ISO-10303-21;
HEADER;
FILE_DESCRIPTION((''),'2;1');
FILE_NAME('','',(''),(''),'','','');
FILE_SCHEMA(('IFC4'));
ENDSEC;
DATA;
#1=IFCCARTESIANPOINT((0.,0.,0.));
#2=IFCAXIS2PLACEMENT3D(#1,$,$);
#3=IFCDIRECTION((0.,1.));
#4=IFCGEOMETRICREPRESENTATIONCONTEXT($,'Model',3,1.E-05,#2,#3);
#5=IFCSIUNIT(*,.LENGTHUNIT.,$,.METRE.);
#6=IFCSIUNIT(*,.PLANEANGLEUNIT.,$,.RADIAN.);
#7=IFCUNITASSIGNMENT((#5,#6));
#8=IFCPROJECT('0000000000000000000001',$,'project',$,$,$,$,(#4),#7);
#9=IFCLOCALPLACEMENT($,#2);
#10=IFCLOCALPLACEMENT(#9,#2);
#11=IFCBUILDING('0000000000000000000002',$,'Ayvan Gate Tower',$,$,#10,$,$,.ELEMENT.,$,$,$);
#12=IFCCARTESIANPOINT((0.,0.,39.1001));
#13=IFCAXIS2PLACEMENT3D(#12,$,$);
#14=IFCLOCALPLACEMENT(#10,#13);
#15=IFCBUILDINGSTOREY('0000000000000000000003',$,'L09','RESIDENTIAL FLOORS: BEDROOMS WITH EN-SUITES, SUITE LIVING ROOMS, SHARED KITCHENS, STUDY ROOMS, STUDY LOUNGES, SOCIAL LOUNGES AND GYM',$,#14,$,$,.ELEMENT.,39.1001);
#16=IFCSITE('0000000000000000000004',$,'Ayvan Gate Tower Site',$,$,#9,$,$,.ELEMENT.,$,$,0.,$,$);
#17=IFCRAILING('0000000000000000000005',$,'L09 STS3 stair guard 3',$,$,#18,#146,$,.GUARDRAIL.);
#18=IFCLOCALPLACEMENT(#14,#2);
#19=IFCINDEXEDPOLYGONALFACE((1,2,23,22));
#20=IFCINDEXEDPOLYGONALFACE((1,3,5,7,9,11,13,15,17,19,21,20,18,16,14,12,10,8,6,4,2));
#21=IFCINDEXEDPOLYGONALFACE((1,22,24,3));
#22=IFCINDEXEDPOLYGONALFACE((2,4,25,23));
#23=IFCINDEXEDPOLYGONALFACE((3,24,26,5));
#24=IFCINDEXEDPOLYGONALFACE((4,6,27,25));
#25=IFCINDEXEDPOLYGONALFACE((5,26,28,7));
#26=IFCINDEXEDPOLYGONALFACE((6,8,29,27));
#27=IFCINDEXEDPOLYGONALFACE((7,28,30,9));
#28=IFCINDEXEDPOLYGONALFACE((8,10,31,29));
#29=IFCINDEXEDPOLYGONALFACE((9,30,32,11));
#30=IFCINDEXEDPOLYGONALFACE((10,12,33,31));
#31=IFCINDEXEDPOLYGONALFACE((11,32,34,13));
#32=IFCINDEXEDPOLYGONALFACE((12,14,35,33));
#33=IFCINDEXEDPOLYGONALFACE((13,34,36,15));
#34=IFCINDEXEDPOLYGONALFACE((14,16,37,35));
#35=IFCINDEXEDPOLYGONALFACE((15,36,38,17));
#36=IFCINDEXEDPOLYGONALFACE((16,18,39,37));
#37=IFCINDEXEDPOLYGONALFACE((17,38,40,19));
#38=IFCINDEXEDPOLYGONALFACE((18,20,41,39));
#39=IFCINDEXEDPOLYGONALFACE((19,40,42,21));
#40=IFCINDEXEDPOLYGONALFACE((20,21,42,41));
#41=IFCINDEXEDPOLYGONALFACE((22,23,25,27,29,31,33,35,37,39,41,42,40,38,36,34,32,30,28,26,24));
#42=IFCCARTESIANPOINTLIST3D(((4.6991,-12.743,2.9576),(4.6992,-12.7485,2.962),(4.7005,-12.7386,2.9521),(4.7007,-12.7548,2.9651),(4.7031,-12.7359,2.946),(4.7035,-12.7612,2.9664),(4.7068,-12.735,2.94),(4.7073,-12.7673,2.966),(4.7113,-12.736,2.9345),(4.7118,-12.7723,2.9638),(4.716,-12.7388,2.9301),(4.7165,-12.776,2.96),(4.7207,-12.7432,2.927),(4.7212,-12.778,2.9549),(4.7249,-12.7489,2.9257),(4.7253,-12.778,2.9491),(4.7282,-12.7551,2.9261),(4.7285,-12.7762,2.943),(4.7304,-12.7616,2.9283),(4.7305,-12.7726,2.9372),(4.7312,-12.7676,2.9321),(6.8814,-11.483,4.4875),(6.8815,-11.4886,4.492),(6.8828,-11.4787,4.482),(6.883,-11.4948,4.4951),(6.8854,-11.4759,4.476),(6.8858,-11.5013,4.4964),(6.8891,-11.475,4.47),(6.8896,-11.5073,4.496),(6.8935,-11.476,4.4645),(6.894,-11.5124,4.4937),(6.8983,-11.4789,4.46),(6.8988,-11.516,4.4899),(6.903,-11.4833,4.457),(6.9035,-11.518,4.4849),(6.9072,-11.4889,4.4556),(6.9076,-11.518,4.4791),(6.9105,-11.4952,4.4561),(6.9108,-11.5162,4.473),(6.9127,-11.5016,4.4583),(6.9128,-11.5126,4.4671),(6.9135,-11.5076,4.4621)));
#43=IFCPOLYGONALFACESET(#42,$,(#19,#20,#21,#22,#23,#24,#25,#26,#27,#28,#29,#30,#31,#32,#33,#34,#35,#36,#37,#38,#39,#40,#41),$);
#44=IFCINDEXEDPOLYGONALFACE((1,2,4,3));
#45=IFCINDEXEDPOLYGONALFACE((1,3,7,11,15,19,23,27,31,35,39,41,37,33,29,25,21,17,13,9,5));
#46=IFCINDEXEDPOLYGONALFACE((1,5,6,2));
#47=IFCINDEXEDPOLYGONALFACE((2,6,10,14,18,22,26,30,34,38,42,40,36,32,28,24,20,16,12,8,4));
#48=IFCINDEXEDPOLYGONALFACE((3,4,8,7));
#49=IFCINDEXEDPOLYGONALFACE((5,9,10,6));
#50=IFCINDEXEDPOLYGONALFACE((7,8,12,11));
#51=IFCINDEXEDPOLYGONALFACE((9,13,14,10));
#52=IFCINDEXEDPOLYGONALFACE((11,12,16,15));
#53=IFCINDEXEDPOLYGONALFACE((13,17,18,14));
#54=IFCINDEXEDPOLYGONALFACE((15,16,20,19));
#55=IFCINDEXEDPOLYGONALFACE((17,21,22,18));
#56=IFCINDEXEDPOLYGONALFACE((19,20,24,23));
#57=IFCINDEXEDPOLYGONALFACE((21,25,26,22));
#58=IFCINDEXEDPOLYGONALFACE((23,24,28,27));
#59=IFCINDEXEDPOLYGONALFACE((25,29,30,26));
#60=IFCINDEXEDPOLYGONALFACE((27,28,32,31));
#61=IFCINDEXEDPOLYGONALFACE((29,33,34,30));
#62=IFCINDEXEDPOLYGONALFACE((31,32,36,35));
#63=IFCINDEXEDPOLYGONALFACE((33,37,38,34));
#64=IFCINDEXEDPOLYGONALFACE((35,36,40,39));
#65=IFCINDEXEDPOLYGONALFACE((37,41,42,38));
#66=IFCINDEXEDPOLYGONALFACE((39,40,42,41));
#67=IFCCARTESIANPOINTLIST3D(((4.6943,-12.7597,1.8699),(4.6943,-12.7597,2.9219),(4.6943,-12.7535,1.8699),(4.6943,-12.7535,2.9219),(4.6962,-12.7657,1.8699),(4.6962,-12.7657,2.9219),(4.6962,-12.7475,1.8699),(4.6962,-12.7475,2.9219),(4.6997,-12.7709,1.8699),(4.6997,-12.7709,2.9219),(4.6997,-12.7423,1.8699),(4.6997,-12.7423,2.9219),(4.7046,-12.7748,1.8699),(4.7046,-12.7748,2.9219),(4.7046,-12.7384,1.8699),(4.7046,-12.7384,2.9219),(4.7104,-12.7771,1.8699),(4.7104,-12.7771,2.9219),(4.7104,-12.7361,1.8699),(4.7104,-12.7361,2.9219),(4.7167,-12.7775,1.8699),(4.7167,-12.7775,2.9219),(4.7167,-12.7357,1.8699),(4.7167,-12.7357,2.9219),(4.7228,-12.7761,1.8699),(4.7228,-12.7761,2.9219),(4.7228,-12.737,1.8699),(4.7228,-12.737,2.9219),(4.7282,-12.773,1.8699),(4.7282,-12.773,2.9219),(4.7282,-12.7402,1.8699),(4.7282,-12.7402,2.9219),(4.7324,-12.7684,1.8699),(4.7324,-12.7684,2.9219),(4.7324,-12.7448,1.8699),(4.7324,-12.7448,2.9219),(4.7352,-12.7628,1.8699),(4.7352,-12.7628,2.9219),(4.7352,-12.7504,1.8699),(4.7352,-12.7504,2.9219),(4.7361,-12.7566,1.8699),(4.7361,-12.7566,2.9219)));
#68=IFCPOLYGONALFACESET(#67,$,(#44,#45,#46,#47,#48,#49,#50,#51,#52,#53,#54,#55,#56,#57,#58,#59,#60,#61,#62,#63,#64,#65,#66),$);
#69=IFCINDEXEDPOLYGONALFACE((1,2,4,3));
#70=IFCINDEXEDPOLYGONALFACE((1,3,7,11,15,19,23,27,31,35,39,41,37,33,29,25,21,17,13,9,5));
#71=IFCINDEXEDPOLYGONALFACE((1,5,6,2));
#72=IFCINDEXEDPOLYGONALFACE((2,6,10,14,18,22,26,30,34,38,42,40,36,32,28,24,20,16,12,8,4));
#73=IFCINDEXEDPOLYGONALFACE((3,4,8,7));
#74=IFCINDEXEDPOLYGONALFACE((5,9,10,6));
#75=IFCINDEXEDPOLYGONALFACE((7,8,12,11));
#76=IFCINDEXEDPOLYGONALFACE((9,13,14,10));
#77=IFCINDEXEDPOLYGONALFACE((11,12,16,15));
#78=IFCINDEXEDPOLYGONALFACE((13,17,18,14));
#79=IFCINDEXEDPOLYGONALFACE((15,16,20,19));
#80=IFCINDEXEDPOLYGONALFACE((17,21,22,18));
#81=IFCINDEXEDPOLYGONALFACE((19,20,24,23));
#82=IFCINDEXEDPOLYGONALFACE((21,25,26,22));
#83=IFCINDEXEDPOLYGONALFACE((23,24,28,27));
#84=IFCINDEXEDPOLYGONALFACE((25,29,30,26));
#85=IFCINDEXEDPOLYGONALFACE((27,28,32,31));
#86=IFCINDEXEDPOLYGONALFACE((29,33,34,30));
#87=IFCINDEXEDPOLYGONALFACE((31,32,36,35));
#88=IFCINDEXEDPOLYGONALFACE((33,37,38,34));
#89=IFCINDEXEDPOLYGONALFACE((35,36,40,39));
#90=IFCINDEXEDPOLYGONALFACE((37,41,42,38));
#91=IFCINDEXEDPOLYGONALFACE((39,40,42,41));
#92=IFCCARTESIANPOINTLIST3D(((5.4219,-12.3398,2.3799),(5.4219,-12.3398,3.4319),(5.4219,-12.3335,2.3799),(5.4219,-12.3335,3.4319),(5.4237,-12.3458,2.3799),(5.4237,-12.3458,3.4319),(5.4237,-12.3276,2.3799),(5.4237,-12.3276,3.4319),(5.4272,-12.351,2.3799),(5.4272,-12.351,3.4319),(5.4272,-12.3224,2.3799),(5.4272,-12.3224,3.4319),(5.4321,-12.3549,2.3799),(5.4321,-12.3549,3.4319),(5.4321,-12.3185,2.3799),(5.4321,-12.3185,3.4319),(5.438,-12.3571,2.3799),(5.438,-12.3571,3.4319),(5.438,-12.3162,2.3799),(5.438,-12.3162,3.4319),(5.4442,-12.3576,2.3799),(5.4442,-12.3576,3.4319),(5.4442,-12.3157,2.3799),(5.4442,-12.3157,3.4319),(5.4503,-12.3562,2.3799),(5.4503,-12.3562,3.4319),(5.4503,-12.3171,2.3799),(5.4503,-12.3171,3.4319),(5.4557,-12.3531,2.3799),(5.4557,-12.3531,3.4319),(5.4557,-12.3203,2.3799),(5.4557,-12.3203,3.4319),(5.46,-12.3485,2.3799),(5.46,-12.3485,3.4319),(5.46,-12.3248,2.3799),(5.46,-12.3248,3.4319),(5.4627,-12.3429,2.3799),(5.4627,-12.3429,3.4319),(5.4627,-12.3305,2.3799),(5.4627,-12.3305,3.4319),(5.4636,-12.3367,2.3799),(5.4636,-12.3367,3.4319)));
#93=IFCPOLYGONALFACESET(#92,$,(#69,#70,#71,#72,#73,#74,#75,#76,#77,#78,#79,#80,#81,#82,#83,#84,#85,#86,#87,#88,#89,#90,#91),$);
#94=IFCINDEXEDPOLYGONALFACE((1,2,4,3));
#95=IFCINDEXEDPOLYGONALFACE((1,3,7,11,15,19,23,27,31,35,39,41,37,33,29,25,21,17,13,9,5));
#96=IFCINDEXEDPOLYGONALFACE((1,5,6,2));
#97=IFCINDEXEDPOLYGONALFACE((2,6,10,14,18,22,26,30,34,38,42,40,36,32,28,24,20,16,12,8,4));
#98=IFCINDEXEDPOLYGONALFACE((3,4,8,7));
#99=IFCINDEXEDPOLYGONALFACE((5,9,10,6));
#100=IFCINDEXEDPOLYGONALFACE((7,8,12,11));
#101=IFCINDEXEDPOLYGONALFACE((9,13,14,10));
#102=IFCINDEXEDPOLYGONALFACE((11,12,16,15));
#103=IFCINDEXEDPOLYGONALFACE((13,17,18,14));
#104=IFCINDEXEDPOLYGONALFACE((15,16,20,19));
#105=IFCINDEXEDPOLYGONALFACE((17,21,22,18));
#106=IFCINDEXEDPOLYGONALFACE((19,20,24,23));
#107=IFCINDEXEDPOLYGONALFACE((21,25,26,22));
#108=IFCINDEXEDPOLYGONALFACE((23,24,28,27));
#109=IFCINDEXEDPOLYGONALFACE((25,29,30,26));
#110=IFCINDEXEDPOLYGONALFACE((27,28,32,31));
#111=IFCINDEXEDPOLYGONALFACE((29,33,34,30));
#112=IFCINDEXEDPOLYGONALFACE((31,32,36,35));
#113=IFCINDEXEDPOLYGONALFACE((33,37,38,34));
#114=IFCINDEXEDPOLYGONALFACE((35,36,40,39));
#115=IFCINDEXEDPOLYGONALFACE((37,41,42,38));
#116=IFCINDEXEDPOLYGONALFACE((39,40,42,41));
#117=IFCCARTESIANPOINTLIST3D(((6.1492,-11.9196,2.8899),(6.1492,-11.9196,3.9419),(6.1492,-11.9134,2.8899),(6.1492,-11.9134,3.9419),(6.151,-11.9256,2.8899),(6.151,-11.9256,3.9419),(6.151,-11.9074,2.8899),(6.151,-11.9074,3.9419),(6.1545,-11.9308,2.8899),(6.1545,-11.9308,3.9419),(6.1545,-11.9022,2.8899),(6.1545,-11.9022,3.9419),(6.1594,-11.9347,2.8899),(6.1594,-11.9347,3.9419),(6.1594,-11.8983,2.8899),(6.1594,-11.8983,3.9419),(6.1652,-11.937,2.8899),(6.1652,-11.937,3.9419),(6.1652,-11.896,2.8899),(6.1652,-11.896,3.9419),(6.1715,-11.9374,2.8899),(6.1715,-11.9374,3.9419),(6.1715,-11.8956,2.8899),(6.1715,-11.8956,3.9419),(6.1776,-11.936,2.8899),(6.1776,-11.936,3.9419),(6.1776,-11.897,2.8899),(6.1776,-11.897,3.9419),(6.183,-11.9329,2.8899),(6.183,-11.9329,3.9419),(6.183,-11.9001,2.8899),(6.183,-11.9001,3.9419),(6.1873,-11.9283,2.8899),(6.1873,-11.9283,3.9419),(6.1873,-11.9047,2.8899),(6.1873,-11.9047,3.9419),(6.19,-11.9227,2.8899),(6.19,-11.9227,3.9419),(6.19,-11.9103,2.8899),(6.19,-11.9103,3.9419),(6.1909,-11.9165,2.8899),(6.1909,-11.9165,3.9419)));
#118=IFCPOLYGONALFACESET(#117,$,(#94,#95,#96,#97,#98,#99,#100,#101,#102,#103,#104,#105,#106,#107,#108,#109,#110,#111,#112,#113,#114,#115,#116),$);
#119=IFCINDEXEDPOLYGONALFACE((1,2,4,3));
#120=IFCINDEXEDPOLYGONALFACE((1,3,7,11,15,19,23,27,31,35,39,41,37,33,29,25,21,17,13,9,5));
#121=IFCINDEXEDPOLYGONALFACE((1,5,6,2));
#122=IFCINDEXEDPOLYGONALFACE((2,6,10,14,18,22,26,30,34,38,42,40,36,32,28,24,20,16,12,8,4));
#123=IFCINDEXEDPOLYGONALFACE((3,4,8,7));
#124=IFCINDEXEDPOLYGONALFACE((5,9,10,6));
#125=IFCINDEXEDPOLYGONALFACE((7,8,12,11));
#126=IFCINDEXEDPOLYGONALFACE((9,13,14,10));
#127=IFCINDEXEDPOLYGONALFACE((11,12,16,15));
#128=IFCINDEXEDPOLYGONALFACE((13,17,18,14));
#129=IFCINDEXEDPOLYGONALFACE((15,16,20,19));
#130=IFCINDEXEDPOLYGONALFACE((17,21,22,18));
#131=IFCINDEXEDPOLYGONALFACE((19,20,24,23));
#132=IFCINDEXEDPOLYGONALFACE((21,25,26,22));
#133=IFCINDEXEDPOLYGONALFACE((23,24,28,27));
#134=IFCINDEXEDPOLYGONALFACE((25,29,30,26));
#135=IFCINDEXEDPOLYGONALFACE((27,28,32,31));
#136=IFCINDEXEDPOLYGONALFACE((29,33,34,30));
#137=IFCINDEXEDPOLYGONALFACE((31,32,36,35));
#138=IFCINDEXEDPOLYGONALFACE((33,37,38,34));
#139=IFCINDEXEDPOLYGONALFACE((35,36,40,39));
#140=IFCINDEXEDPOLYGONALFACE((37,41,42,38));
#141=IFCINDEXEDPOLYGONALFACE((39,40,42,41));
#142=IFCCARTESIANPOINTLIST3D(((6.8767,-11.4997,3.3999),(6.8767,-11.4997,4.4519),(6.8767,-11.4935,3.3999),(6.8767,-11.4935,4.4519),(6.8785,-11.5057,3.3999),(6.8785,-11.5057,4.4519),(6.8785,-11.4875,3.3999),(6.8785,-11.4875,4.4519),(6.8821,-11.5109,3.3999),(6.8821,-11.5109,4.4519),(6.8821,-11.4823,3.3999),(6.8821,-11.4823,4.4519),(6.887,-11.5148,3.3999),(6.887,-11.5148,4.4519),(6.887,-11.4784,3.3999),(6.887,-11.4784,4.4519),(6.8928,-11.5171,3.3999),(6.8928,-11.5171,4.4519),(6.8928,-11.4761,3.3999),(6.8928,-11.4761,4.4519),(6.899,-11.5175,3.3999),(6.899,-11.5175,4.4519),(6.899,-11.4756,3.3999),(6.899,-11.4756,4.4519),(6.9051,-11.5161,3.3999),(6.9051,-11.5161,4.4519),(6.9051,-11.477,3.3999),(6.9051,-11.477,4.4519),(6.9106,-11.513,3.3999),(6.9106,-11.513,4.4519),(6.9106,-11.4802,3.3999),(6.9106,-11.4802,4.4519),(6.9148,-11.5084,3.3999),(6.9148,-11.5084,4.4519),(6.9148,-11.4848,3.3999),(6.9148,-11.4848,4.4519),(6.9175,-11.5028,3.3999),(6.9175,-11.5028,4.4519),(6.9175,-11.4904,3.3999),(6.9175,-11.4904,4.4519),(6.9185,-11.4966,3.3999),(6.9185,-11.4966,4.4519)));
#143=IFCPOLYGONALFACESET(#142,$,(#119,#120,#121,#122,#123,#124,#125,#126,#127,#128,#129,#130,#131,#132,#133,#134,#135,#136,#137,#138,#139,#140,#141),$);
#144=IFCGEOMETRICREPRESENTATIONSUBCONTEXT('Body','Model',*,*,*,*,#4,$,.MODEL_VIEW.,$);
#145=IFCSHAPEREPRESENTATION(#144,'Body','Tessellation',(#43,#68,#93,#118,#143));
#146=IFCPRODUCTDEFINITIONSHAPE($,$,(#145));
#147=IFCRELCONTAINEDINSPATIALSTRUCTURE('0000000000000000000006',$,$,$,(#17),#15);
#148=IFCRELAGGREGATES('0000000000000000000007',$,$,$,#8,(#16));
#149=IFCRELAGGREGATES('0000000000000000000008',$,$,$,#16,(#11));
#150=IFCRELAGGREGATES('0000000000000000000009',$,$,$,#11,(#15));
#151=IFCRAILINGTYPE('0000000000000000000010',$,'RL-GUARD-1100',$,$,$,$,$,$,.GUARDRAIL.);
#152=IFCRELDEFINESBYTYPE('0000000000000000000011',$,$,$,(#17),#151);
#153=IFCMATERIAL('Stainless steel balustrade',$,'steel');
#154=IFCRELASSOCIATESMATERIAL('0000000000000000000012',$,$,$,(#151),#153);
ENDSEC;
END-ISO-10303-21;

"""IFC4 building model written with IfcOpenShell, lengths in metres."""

from ifc_helpers import new_model, si_unit, direction, frame, origin, origin_2d, place, context, subcontext, project, spatial, circle, extrude, material, type_object, element, save


model = new_model("IFC4")

# Units and contexts
model_context = context("Model", 3, precision=1e-05, world=origin(), true_north=direction((0.0, 1.0)))
body_context = subcontext(model_context, "Body", "Model", "MODEL_VIEW")
ifc_project = project(units=[si_unit("LENGTHUNIT", "METRE"), si_unit("PLANEANGLEUNIT", "RADIAN")], contexts=[model_context])

# Site, building, storey
site_placement = place(None, origin())
site = spatial("IfcSite", under=ifc_project, at=site_placement, Name="Ayvan Gate Tower Site", CompositionType="ELEMENT", RefElevation=0.0)
building_placement = place(site_placement, origin())
building = spatial("IfcBuilding", under=site, at=building_placement, Name="Ayvan Gate Tower", CompositionType="ELEMENT")
storey_placement = place(building_placement, frame((0.0, 0.0, 39.1001)))
storey = spatial("IfcBuildingStorey", under=building, at=storey_placement, Name="L09", Description="RESIDENTIAL FLOORS: BEDROOMS WITH EN-SUITES, SUITE LIVING ROOMS, SHARED KITCHENS, STUDY ROOMS, STUDY LOUNGES, SOCIAL LOUNGES AND GYM", CompositionType="ELEMENT", Elevation=39.1001)

# Railing
ifc_material_1 = material(Name="Stainless steel balustrade", Category="steel")
railing_type_1 = type_object("IfcRailingType", Name="RL-GUARD-1100", PredefinedType="GUARDRAIL", material=ifc_material_1)
railing_1_placement = place(storey_placement, frame((4.7151, -12.7566, 1.8699)))
element("IfcRailing", 1, at=railing_1_placement, inside=storey, type_object=railing_type_1, Name="L09 STS3 stair guard 3", PredefinedType="GUARDRAIL", context=body_context, shape_type="SweptSolid", body=[
    extrude(circle(Radius=0.0239, at=origin_2d()), frame((0.0, 0.0, 1.0762), z_axis=(0.740261, 0.427395, 0.518986), x_axis=(-0.500005, 0.866023, 0.0)), (0.0, 0.0, 1.0), 2.948),
    extrude(circle(Radius=0.021, at=origin_2d()), origin(), (0.0, 0.0, 1.0), 1.052),
    extrude(circle(Radius=0.021, at=origin_2d()), frame((0.7275, 0.4199, 0.51)), (0.0, 0.0, 1.0), 1.052),
    extrude(circle(Radius=0.021, at=origin_2d()), frame((1.4548, 0.8401, 1.02)), (0.0, 0.0, 1.0), 1.052),
    extrude(circle(Radius=0.021, at=origin_2d()), frame((2.1824, 1.26, 1.53)), (0.0, 0.0, 1.0), 1.052),
])

save(model, "model.ifc")
